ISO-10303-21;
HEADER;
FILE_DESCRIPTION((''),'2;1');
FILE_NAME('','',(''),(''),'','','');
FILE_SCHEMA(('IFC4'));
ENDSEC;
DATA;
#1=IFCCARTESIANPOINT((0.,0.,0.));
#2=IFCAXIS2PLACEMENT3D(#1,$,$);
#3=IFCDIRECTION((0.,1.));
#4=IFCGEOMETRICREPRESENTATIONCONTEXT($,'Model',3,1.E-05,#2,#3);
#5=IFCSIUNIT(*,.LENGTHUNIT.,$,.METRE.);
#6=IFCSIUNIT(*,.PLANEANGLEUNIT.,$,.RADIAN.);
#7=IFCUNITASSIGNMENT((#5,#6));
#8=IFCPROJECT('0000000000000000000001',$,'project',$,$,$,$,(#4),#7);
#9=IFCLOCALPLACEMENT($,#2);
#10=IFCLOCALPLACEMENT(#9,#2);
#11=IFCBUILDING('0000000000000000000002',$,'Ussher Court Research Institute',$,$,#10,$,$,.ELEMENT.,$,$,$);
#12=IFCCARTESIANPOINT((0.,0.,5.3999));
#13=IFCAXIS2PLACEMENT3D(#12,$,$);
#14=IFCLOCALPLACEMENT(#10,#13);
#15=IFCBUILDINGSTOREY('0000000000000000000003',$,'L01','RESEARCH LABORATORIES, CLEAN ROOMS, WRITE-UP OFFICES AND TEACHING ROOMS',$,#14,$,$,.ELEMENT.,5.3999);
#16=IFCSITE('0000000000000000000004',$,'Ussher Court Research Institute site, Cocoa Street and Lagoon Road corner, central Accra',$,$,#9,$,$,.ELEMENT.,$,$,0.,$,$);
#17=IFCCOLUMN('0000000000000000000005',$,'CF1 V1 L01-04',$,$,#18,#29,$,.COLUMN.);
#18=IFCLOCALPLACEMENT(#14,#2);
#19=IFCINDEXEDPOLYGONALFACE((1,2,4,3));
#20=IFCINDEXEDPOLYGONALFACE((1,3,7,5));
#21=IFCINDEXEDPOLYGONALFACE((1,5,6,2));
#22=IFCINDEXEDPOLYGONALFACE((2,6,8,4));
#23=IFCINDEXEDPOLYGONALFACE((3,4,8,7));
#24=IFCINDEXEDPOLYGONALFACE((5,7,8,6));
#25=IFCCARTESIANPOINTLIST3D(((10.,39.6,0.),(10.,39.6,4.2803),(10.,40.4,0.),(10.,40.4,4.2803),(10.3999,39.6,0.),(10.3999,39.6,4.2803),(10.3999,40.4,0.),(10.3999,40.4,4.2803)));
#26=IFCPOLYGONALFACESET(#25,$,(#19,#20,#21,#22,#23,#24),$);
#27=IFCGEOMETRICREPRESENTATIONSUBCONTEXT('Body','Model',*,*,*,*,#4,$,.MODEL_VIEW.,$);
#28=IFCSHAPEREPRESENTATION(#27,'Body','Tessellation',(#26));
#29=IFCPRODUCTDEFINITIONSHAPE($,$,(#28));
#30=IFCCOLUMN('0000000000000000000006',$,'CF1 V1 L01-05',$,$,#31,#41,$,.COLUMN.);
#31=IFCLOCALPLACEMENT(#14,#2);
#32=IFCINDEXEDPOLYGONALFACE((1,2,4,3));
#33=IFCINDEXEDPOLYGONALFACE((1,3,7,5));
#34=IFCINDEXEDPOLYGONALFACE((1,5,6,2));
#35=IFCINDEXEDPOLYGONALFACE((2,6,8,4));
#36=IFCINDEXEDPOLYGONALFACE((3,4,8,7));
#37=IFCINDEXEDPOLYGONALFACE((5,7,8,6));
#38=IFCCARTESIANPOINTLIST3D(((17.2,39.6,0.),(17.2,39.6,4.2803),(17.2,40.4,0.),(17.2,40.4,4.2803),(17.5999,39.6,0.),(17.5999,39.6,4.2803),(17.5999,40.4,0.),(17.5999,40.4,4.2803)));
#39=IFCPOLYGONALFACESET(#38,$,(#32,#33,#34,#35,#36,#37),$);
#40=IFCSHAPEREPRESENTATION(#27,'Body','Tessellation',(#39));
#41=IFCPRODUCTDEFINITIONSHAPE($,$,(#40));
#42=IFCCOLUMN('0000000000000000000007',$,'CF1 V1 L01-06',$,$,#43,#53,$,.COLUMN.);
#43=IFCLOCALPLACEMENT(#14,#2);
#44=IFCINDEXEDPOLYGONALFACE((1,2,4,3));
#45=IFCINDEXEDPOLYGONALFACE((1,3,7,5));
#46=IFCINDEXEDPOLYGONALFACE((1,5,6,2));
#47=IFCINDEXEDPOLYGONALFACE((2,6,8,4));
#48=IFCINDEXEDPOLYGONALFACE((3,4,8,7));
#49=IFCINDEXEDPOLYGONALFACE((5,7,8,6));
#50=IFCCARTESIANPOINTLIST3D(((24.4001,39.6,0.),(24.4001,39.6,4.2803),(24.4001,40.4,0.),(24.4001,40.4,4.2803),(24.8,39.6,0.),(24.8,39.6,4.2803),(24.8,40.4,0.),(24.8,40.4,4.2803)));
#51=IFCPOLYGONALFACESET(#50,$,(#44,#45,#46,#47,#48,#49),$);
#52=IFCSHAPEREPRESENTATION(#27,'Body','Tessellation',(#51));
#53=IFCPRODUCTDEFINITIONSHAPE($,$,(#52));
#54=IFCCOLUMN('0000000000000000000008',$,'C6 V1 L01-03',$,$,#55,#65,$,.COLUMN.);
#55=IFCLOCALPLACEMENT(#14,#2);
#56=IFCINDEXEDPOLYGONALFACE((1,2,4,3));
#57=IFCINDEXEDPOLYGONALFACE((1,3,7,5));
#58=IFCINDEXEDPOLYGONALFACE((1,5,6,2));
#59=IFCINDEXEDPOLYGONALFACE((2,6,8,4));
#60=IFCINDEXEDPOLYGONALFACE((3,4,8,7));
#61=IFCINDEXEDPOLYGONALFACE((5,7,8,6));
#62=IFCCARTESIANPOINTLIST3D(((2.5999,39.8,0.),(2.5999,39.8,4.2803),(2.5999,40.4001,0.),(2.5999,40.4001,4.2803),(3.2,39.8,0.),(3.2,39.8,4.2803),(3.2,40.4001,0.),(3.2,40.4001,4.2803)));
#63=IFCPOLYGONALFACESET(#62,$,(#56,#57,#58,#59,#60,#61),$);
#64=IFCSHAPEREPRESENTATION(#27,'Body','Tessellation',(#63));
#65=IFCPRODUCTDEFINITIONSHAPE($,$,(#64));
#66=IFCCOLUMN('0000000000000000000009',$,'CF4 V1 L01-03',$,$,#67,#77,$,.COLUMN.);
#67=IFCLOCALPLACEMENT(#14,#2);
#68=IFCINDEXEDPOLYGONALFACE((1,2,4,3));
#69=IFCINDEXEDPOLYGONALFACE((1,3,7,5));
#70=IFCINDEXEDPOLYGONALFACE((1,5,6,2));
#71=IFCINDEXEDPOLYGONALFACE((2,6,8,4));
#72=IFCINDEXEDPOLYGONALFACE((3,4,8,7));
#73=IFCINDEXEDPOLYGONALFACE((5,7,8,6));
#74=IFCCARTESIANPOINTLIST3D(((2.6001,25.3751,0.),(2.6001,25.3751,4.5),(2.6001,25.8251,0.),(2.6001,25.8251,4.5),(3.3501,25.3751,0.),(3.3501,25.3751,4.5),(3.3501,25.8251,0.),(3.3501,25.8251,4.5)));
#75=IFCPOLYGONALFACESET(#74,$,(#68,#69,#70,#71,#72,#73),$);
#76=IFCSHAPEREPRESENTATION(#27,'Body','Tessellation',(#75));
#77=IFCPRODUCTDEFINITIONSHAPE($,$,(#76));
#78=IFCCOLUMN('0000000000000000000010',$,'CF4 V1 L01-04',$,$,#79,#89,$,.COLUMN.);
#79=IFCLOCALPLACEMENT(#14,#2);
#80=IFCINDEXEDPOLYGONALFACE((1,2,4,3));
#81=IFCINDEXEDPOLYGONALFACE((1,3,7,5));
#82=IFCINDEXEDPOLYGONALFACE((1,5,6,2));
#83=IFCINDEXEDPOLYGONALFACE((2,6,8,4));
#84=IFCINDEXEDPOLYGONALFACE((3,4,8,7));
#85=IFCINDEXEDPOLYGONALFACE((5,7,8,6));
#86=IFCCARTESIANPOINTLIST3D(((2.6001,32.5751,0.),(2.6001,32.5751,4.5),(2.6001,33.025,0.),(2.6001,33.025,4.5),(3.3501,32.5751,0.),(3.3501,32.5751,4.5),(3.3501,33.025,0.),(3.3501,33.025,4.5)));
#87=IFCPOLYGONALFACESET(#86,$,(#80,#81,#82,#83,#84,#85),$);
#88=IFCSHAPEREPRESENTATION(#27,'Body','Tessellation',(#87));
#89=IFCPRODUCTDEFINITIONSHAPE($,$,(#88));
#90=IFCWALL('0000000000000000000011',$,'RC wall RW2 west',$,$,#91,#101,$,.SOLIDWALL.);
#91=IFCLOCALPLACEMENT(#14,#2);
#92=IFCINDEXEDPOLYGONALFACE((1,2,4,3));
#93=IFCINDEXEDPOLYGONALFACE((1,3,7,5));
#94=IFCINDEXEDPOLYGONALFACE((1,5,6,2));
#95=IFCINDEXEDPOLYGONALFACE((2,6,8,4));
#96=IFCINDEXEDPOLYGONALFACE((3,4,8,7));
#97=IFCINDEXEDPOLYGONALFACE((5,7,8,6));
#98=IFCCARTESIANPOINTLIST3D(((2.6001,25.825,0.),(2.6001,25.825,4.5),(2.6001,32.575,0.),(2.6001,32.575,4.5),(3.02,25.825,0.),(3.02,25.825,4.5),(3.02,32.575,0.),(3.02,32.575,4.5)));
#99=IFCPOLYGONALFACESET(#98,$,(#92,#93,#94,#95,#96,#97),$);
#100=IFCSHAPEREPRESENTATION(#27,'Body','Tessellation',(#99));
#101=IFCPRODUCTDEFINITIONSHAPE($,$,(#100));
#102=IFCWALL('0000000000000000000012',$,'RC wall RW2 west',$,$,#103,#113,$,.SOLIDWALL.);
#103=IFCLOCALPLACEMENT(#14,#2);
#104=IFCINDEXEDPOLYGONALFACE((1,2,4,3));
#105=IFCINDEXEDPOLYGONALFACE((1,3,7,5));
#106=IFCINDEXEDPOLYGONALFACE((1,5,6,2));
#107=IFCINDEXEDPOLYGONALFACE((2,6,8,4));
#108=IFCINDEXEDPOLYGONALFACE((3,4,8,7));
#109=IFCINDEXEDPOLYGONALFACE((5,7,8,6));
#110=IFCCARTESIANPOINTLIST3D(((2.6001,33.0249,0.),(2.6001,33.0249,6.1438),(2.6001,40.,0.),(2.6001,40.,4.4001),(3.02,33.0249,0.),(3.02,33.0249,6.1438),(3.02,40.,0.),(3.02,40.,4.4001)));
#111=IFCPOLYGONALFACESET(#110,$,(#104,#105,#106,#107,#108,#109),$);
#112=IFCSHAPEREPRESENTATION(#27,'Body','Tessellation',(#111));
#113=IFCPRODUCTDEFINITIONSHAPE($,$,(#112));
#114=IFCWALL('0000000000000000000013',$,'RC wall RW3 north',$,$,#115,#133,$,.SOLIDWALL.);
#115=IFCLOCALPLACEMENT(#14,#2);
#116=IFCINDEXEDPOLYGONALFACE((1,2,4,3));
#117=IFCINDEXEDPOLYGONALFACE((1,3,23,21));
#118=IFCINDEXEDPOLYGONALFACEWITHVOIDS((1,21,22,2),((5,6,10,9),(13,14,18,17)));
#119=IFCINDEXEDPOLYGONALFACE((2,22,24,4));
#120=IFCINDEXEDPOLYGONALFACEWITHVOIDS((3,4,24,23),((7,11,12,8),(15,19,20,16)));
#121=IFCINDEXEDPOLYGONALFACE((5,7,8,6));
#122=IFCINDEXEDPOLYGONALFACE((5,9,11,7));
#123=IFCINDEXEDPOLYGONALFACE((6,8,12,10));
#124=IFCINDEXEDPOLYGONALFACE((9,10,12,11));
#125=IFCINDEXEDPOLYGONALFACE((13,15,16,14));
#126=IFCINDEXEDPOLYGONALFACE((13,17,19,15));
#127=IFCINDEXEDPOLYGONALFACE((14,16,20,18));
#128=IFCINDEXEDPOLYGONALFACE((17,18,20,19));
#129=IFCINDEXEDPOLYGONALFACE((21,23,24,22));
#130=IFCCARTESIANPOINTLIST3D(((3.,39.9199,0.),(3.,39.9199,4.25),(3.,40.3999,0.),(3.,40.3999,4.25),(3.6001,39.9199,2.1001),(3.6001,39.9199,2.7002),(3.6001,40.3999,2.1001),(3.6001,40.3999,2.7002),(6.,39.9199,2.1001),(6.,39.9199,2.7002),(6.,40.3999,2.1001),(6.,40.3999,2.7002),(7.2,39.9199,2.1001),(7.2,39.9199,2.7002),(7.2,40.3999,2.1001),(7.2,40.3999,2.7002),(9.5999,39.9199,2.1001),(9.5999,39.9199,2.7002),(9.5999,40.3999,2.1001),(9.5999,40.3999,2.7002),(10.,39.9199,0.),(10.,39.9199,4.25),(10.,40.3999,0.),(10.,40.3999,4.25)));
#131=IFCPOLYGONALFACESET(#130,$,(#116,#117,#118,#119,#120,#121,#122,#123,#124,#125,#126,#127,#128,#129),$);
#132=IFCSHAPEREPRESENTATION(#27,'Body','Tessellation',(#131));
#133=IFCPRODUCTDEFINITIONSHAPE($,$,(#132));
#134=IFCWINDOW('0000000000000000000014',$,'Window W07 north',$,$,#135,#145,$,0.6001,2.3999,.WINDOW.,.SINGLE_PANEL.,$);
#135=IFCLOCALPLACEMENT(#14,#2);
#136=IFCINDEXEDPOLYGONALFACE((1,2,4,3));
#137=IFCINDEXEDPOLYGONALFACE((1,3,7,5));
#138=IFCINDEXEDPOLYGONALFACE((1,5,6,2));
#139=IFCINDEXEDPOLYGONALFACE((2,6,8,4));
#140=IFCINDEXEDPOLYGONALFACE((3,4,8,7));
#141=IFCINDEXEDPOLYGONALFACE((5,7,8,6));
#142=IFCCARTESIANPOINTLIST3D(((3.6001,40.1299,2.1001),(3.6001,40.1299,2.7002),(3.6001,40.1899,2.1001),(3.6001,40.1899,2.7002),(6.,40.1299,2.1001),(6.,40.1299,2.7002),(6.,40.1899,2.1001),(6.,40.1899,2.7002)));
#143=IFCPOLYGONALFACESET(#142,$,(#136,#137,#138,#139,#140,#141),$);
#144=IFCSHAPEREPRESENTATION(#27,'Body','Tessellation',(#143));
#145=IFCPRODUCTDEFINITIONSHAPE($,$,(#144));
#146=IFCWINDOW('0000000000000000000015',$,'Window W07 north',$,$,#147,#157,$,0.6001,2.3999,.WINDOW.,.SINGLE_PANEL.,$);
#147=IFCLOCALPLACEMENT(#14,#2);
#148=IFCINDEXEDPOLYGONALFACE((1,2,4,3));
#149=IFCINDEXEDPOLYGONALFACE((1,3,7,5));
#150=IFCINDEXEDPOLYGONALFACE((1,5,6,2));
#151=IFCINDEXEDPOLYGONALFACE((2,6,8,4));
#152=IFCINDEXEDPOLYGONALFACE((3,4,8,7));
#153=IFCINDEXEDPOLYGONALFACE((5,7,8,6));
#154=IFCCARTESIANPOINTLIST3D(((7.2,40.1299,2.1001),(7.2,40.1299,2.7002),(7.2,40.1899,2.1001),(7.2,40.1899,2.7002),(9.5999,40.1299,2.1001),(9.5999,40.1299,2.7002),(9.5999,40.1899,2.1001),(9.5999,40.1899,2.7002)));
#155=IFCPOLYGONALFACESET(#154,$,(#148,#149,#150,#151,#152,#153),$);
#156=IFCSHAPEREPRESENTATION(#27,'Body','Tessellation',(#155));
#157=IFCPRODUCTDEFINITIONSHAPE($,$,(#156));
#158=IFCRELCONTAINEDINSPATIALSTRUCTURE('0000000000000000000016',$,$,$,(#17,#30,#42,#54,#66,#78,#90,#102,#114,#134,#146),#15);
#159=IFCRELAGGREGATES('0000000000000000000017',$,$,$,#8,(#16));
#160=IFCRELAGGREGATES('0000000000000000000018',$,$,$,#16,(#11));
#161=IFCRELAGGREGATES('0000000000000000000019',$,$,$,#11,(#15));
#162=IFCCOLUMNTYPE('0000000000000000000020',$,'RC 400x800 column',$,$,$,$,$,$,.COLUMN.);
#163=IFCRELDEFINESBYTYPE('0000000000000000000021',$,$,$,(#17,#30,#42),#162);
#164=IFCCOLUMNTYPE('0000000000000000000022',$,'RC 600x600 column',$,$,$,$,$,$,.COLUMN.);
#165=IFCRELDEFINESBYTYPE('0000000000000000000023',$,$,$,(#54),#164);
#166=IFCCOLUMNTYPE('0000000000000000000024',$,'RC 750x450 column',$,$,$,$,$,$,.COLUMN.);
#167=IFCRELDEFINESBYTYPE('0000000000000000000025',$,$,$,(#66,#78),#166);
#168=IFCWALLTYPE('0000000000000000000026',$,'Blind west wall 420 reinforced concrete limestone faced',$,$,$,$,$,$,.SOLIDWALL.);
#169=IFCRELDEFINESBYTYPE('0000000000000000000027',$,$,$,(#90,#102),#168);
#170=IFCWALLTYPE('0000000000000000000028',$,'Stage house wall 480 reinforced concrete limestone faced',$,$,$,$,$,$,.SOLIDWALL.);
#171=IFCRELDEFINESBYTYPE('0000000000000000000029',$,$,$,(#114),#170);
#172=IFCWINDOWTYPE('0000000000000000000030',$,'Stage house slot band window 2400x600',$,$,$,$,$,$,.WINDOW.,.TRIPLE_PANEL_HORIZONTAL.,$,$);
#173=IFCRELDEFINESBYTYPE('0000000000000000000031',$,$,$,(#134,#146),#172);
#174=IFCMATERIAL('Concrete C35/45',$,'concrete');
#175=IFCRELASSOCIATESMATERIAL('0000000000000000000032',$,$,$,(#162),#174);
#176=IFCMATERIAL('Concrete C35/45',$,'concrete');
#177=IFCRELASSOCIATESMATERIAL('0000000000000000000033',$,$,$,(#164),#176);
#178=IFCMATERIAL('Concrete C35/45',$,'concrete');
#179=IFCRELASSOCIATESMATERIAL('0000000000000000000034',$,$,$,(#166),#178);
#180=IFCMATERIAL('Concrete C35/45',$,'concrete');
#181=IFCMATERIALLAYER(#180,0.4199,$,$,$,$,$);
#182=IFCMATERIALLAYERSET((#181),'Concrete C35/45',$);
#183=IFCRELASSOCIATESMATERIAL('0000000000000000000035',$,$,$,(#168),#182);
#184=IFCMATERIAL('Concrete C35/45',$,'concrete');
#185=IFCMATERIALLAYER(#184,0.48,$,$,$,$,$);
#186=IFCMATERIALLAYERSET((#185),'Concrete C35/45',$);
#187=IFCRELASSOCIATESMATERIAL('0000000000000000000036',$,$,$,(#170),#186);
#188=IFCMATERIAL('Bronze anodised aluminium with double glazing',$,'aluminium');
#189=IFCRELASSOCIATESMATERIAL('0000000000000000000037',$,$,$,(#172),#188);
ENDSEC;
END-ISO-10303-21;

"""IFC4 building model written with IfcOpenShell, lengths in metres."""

from ifc_helpers import new_model, si_unit, direction, frame, frame_2d, origin, origin_2d, place, context, subcontext, project, spatial, polyline, rectangle, outline, extrude, material, layer, layer_set, material_profile, profile_set, type_object, element, fill, save


model = new_model("IFC4")

# Units and contexts
model_context = context("Model", 3, precision=1e-05, world=origin(), true_north=direction((0.0, 1.0)))
body_context = subcontext(model_context, "Body", "Model", "MODEL_VIEW")
ifc_project = project(units=[si_unit("LENGTHUNIT", "METRE"), si_unit("PLANEANGLEUNIT", "RADIAN")], contexts=[model_context])

# Site, building, storey
site_placement = place(None, origin())
site = spatial("IfcSite", under=ifc_project, at=site_placement, Name="Ussher Court Research Institute site, Cocoa Street and Lagoon Road corner, central Accra", CompositionType="ELEMENT", RefElevation=0.0)
building_placement = place(site_placement, origin())
building = spatial("IfcBuilding", under=site, at=building_placement, Name="Ussher Court Research Institute", CompositionType="ELEMENT")
storey_placement = place(building_placement, frame((0.0, 0.0, 5.3999)))
storey = spatial("IfcBuildingStorey", under=building, at=storey_placement, Name="L01", Description="RESEARCH LABORATORIES, CLEAN ROOMS, WRITE-UP OFFICES AND TEACHING ROOMS", CompositionType="ELEMENT", Elevation=5.3999)

# Columns
ifc_material_1 = material(Name="Concrete C35/45", Category="concrete")
ifc_material_profile_1 = material_profile(ifc_material_1, rectangle(XDim=0.3999, YDim=0.8, at=origin_2d()), Name="RC 400x800")
ifc_profile_set_1 = profile_set([ifc_material_profile_1], Name="Concrete C35/45")
column_type_1 = type_object("IfcColumnType", Name="RC 400x800 column", PredefinedType="COLUMN", material=ifc_profile_set_1)
for number, where, z_axis, x_axis, name in (
    (1, (10.2, 40.0, 0.0), (0.0, 0.0, 1.0), (1.0, 0.0, 0.0), "CF1 V1 L01-04"),
    (2, (17.3999, 40.0, 0.0), (0.0, 0.0, 1.0), (1.0, 0.0, 0.0), "CF1 V1 L01-05"),
    (3, (24.6001, 40.0, 0.0), (0.0, 0.0, 1.0), (1.0, 0.0, 0.0), "CF1 V1 L01-06"),
):
    element("IfcColumn", number, at=place(storey_placement, frame(where, z_axis=z_axis, x_axis=x_axis)), inside=storey, type_object=column_type_1, Name=name, PredefinedType="COLUMN", context=body_context, shape_type="SweptSolid", body=[
        extrude(rectangle(XDim=0.3999, YDim=0.8, at=origin_2d()), origin(), (0.0, 0.0, 1.0), 4.2803),
    ])
ifc_material_2 = material(Name="Concrete C35/45", Category="concrete")
ifc_material_profile_2 = material_profile(ifc_material_2, rectangle(XDim=0.6001, YDim=0.6001, at=origin_2d()), Name="RC 600x600")
ifc_profile_set_2 = profile_set([ifc_material_profile_2], Name="Concrete C35/45")
column_type_2 = type_object("IfcColumnType", Name="RC 600x600 column", PredefinedType="COLUMN", material=ifc_profile_set_2)
column_placement = place(storey_placement, frame((2.8999, 40.1001, 0.0), z_axis=(0.0, 0.0, 1.0), x_axis=(1.0, 0.0, 0.0)))
element("IfcColumn", 4, at=column_placement, inside=storey, type_object=column_type_2, Name="C6 V1 L01-03", PredefinedType="COLUMN", context=body_context, shape_type="SweptSolid", body=[
    extrude(rectangle(XDim=0.6001, YDim=0.6001, at=origin_2d()), origin(), (0.0, 0.0, 1.0), 4.2803),
])
ifc_material_3 = material(Name="Concrete C35/45", Category="concrete")
ifc_material_profile_3 = material_profile(ifc_material_3, rectangle(XDim=0.75, YDim=0.45, at=origin_2d()), Name="RC 750x450")
ifc_profile_set_3 = profile_set([ifc_material_profile_3], Name="Concrete C35/45")
column_type_3 = type_object("IfcColumnType", Name="RC 750x450 column", PredefinedType="COLUMN", material=ifc_profile_set_3)
for number, where, z_axis, x_axis, name in (
    (5, (2.9751, 25.6001, 0.0), (0.0, 0.0, 1.0), (1.0, 0.0, 0.0), "CF4 V1 L01-03"),
    (6, (2.9751, 32.8, 0.0), (0.0, 0.0, 1.0), (1.0, 0.0, 0.0), "CF4 V1 L01-04"),
):
    element("IfcColumn", number, at=place(storey_placement, frame(where, z_axis=z_axis, x_axis=x_axis)), inside=storey, type_object=column_type_3, Name=name, PredefinedType="COLUMN", context=body_context, shape_type="SweptSolid", body=[
        extrude(rectangle(XDim=0.75, YDim=0.45, at=origin_2d()), origin(), (0.0, 0.0, 1.0), 4.5),
    ])

# Walls
ifc_material_4 = material(Name="Concrete C35/45", Category="concrete")
ifc_layer_1 = layer(ifc_material_4, 0.4199)
ifc_layer_set_1 = layer_set([ifc_layer_1], Name="Concrete C35/45")
wall_type_1 = type_object("IfcWallType", Name="Blind west wall 420 reinforced concrete limestone faced", PredefinedType="SOLIDWALL", material=ifc_layer_set_1)
wall_1_placement = place(storey_placement, frame((2.8101, 25.825, 0.0), z_axis=(0.0, 0.0, 1.0), x_axis=(0.0, 1.0, 0.0)))
element("IfcWall", 7, at=wall_1_placement, inside=storey, type_object=wall_type_1, Name="RC wall RW2 west", PredefinedType="SOLIDWALL", context=body_context, shape_type="SweptSolid", body=[
    extrude(rectangle(XDim=6.75, YDim=0.4199, at=frame_2d((3.375, 0.0))), origin(), (0.0, 0.0, 1.0), 4.5),
])
wall_2_placement = place(storey_placement, frame((2.8101, 33.0249, 0.0), z_axis=(0.0, 0.0, 1.0), x_axis=(0.0, 1.0, 0.0)))
element("IfcWall", 8, at=wall_2_placement, inside=storey, type_object=wall_type_1, Name="RC wall RW2 west", PredefinedType="SOLIDWALL", context=body_context, shape_type="SweptSolid", body=[
    extrude(outline(polyline([(0.0, 0.0), (6.9751, 0.0), (6.9751, 4.4001), (0.0, 6.1438), (0.0, 0.0)])), frame((0.0, 0.21, 0.0), z_axis=(0.0, -1.0, 0.0), x_axis=(1.0, 0.0, 0.0)), (0.0, 0.0, 1.0), 0.4199),
])

# Wall, openings, windows
ifc_material_5 = material(Name="Concrete C35/45", Category="concrete")
ifc_layer_2 = layer(ifc_material_5, 0.48)
ifc_layer_set_2 = layer_set([ifc_layer_2], Name="Concrete C35/45")
wall_type_2 = type_object("IfcWallType", Name="Stage house wall 480 reinforced concrete limestone faced", PredefinedType="SOLIDWALL", material=ifc_layer_set_2)
wall_3_placement = place(storey_placement, frame((3.0, 40.1599, 0.0), z_axis=(0.0, 0.0, 1.0), x_axis=(1.0, 0.0, 0.0)))
wall_3 = element("IfcWall", 9, at=wall_3_placement, inside=storey, type_object=wall_type_2, Name="RC wall RW3 north", PredefinedType="SOLIDWALL", context=body_context, shape_type="SweptSolid", body=[
    extrude(rectangle(XDim=7.0, YDim=0.48, at=frame_2d((3.5, 0.0))), origin(), (0.0, 0.0, 1.0), 4.25),
])
opening_1_placement = place(wall_3_placement, frame((0.6001, 0.0, 2.1001)))
opening_1 = element("IfcOpeningElement", 10, at=opening_1_placement, cuts=wall_3, PredefinedType="OPENING", context=body_context, shape_type="SweptSolid", body=[
    extrude(rectangle(XDim=2.3999, YDim=0.6001, at=frame_2d((1.2, 0.3))), frame((0.0, 0.25, 0.0), z_axis=(0.0, -1.0, 0.0), x_axis=(1.0, 0.0, 0.0)), (0.0, 0.0, 1.0), 0.5),
])
opening_2_placement = place(wall_3_placement, frame((4.2, 0.0, 2.1001)))
opening_2 = element("IfcOpeningElement", 11, at=opening_2_placement, cuts=wall_3, PredefinedType="OPENING", context=body_context, shape_type="SweptSolid", body=[
    extrude(rectangle(XDim=2.3999, YDim=0.6001, at=frame_2d((1.2, 0.3))), frame((0.0, 0.25, 0.0), z_axis=(0.0, -1.0, 0.0), x_axis=(1.0, 0.0, 0.0)), (0.0, 0.0, 1.0), 0.5),
])
ifc_material_6 = material(Name="Bronze anodised aluminium with double glazing", Category="aluminium")
window_type = type_object("IfcWindowType", Name="Stage house slot band window 2400x600", PartitioningType="TRIPLE_PANEL_HORIZONTAL", PredefinedType="WINDOW", material=ifc_material_6)
window_1_placement = place(opening_1_placement, origin())
window_1 = element("IfcWindow", 12, at=window_1_placement, inside=storey, type_object=window_type, Name="Window W07 north", OverallHeight=0.6001, OverallWidth=2.3999, PartitioningType="SINGLE_PANEL", PredefinedType="WINDOW", context=body_context, shape_type="SweptSolid", body=[
    extrude(rectangle(XDim=2.3999, YDim=0.6001, at=frame_2d((1.2, 0.3))), frame((0.0, 0.03, 0.0), z_axis=(0.0, -1.0, 0.0), x_axis=(1.0, 0.0, 0.0)), (0.0, 0.0, 1.0), 0.0601),
])
fill(opening_1, window_1)
window_2_placement = place(opening_2_placement, origin())
window_2 = element("IfcWindow", 13, at=window_2_placement, inside=storey, type_object=window_type, Name="Window W07 north", OverallHeight=0.6001, OverallWidth=2.3999, PartitioningType="SINGLE_PANEL", PredefinedType="WINDOW", context=body_context, shape_type="SweptSolid", body=[
    extrude(rectangle(XDim=2.3999, YDim=0.6001, at=frame_2d((1.2, 0.3))), frame((0.0, 0.03, 0.0), z_axis=(0.0, -1.0, 0.0), x_axis=(1.0, 0.0, 0.0)), (0.0, 0.0, 1.0), 0.0601),
])
fill(opening_2, window_2)

save(model, "model.ifc")
